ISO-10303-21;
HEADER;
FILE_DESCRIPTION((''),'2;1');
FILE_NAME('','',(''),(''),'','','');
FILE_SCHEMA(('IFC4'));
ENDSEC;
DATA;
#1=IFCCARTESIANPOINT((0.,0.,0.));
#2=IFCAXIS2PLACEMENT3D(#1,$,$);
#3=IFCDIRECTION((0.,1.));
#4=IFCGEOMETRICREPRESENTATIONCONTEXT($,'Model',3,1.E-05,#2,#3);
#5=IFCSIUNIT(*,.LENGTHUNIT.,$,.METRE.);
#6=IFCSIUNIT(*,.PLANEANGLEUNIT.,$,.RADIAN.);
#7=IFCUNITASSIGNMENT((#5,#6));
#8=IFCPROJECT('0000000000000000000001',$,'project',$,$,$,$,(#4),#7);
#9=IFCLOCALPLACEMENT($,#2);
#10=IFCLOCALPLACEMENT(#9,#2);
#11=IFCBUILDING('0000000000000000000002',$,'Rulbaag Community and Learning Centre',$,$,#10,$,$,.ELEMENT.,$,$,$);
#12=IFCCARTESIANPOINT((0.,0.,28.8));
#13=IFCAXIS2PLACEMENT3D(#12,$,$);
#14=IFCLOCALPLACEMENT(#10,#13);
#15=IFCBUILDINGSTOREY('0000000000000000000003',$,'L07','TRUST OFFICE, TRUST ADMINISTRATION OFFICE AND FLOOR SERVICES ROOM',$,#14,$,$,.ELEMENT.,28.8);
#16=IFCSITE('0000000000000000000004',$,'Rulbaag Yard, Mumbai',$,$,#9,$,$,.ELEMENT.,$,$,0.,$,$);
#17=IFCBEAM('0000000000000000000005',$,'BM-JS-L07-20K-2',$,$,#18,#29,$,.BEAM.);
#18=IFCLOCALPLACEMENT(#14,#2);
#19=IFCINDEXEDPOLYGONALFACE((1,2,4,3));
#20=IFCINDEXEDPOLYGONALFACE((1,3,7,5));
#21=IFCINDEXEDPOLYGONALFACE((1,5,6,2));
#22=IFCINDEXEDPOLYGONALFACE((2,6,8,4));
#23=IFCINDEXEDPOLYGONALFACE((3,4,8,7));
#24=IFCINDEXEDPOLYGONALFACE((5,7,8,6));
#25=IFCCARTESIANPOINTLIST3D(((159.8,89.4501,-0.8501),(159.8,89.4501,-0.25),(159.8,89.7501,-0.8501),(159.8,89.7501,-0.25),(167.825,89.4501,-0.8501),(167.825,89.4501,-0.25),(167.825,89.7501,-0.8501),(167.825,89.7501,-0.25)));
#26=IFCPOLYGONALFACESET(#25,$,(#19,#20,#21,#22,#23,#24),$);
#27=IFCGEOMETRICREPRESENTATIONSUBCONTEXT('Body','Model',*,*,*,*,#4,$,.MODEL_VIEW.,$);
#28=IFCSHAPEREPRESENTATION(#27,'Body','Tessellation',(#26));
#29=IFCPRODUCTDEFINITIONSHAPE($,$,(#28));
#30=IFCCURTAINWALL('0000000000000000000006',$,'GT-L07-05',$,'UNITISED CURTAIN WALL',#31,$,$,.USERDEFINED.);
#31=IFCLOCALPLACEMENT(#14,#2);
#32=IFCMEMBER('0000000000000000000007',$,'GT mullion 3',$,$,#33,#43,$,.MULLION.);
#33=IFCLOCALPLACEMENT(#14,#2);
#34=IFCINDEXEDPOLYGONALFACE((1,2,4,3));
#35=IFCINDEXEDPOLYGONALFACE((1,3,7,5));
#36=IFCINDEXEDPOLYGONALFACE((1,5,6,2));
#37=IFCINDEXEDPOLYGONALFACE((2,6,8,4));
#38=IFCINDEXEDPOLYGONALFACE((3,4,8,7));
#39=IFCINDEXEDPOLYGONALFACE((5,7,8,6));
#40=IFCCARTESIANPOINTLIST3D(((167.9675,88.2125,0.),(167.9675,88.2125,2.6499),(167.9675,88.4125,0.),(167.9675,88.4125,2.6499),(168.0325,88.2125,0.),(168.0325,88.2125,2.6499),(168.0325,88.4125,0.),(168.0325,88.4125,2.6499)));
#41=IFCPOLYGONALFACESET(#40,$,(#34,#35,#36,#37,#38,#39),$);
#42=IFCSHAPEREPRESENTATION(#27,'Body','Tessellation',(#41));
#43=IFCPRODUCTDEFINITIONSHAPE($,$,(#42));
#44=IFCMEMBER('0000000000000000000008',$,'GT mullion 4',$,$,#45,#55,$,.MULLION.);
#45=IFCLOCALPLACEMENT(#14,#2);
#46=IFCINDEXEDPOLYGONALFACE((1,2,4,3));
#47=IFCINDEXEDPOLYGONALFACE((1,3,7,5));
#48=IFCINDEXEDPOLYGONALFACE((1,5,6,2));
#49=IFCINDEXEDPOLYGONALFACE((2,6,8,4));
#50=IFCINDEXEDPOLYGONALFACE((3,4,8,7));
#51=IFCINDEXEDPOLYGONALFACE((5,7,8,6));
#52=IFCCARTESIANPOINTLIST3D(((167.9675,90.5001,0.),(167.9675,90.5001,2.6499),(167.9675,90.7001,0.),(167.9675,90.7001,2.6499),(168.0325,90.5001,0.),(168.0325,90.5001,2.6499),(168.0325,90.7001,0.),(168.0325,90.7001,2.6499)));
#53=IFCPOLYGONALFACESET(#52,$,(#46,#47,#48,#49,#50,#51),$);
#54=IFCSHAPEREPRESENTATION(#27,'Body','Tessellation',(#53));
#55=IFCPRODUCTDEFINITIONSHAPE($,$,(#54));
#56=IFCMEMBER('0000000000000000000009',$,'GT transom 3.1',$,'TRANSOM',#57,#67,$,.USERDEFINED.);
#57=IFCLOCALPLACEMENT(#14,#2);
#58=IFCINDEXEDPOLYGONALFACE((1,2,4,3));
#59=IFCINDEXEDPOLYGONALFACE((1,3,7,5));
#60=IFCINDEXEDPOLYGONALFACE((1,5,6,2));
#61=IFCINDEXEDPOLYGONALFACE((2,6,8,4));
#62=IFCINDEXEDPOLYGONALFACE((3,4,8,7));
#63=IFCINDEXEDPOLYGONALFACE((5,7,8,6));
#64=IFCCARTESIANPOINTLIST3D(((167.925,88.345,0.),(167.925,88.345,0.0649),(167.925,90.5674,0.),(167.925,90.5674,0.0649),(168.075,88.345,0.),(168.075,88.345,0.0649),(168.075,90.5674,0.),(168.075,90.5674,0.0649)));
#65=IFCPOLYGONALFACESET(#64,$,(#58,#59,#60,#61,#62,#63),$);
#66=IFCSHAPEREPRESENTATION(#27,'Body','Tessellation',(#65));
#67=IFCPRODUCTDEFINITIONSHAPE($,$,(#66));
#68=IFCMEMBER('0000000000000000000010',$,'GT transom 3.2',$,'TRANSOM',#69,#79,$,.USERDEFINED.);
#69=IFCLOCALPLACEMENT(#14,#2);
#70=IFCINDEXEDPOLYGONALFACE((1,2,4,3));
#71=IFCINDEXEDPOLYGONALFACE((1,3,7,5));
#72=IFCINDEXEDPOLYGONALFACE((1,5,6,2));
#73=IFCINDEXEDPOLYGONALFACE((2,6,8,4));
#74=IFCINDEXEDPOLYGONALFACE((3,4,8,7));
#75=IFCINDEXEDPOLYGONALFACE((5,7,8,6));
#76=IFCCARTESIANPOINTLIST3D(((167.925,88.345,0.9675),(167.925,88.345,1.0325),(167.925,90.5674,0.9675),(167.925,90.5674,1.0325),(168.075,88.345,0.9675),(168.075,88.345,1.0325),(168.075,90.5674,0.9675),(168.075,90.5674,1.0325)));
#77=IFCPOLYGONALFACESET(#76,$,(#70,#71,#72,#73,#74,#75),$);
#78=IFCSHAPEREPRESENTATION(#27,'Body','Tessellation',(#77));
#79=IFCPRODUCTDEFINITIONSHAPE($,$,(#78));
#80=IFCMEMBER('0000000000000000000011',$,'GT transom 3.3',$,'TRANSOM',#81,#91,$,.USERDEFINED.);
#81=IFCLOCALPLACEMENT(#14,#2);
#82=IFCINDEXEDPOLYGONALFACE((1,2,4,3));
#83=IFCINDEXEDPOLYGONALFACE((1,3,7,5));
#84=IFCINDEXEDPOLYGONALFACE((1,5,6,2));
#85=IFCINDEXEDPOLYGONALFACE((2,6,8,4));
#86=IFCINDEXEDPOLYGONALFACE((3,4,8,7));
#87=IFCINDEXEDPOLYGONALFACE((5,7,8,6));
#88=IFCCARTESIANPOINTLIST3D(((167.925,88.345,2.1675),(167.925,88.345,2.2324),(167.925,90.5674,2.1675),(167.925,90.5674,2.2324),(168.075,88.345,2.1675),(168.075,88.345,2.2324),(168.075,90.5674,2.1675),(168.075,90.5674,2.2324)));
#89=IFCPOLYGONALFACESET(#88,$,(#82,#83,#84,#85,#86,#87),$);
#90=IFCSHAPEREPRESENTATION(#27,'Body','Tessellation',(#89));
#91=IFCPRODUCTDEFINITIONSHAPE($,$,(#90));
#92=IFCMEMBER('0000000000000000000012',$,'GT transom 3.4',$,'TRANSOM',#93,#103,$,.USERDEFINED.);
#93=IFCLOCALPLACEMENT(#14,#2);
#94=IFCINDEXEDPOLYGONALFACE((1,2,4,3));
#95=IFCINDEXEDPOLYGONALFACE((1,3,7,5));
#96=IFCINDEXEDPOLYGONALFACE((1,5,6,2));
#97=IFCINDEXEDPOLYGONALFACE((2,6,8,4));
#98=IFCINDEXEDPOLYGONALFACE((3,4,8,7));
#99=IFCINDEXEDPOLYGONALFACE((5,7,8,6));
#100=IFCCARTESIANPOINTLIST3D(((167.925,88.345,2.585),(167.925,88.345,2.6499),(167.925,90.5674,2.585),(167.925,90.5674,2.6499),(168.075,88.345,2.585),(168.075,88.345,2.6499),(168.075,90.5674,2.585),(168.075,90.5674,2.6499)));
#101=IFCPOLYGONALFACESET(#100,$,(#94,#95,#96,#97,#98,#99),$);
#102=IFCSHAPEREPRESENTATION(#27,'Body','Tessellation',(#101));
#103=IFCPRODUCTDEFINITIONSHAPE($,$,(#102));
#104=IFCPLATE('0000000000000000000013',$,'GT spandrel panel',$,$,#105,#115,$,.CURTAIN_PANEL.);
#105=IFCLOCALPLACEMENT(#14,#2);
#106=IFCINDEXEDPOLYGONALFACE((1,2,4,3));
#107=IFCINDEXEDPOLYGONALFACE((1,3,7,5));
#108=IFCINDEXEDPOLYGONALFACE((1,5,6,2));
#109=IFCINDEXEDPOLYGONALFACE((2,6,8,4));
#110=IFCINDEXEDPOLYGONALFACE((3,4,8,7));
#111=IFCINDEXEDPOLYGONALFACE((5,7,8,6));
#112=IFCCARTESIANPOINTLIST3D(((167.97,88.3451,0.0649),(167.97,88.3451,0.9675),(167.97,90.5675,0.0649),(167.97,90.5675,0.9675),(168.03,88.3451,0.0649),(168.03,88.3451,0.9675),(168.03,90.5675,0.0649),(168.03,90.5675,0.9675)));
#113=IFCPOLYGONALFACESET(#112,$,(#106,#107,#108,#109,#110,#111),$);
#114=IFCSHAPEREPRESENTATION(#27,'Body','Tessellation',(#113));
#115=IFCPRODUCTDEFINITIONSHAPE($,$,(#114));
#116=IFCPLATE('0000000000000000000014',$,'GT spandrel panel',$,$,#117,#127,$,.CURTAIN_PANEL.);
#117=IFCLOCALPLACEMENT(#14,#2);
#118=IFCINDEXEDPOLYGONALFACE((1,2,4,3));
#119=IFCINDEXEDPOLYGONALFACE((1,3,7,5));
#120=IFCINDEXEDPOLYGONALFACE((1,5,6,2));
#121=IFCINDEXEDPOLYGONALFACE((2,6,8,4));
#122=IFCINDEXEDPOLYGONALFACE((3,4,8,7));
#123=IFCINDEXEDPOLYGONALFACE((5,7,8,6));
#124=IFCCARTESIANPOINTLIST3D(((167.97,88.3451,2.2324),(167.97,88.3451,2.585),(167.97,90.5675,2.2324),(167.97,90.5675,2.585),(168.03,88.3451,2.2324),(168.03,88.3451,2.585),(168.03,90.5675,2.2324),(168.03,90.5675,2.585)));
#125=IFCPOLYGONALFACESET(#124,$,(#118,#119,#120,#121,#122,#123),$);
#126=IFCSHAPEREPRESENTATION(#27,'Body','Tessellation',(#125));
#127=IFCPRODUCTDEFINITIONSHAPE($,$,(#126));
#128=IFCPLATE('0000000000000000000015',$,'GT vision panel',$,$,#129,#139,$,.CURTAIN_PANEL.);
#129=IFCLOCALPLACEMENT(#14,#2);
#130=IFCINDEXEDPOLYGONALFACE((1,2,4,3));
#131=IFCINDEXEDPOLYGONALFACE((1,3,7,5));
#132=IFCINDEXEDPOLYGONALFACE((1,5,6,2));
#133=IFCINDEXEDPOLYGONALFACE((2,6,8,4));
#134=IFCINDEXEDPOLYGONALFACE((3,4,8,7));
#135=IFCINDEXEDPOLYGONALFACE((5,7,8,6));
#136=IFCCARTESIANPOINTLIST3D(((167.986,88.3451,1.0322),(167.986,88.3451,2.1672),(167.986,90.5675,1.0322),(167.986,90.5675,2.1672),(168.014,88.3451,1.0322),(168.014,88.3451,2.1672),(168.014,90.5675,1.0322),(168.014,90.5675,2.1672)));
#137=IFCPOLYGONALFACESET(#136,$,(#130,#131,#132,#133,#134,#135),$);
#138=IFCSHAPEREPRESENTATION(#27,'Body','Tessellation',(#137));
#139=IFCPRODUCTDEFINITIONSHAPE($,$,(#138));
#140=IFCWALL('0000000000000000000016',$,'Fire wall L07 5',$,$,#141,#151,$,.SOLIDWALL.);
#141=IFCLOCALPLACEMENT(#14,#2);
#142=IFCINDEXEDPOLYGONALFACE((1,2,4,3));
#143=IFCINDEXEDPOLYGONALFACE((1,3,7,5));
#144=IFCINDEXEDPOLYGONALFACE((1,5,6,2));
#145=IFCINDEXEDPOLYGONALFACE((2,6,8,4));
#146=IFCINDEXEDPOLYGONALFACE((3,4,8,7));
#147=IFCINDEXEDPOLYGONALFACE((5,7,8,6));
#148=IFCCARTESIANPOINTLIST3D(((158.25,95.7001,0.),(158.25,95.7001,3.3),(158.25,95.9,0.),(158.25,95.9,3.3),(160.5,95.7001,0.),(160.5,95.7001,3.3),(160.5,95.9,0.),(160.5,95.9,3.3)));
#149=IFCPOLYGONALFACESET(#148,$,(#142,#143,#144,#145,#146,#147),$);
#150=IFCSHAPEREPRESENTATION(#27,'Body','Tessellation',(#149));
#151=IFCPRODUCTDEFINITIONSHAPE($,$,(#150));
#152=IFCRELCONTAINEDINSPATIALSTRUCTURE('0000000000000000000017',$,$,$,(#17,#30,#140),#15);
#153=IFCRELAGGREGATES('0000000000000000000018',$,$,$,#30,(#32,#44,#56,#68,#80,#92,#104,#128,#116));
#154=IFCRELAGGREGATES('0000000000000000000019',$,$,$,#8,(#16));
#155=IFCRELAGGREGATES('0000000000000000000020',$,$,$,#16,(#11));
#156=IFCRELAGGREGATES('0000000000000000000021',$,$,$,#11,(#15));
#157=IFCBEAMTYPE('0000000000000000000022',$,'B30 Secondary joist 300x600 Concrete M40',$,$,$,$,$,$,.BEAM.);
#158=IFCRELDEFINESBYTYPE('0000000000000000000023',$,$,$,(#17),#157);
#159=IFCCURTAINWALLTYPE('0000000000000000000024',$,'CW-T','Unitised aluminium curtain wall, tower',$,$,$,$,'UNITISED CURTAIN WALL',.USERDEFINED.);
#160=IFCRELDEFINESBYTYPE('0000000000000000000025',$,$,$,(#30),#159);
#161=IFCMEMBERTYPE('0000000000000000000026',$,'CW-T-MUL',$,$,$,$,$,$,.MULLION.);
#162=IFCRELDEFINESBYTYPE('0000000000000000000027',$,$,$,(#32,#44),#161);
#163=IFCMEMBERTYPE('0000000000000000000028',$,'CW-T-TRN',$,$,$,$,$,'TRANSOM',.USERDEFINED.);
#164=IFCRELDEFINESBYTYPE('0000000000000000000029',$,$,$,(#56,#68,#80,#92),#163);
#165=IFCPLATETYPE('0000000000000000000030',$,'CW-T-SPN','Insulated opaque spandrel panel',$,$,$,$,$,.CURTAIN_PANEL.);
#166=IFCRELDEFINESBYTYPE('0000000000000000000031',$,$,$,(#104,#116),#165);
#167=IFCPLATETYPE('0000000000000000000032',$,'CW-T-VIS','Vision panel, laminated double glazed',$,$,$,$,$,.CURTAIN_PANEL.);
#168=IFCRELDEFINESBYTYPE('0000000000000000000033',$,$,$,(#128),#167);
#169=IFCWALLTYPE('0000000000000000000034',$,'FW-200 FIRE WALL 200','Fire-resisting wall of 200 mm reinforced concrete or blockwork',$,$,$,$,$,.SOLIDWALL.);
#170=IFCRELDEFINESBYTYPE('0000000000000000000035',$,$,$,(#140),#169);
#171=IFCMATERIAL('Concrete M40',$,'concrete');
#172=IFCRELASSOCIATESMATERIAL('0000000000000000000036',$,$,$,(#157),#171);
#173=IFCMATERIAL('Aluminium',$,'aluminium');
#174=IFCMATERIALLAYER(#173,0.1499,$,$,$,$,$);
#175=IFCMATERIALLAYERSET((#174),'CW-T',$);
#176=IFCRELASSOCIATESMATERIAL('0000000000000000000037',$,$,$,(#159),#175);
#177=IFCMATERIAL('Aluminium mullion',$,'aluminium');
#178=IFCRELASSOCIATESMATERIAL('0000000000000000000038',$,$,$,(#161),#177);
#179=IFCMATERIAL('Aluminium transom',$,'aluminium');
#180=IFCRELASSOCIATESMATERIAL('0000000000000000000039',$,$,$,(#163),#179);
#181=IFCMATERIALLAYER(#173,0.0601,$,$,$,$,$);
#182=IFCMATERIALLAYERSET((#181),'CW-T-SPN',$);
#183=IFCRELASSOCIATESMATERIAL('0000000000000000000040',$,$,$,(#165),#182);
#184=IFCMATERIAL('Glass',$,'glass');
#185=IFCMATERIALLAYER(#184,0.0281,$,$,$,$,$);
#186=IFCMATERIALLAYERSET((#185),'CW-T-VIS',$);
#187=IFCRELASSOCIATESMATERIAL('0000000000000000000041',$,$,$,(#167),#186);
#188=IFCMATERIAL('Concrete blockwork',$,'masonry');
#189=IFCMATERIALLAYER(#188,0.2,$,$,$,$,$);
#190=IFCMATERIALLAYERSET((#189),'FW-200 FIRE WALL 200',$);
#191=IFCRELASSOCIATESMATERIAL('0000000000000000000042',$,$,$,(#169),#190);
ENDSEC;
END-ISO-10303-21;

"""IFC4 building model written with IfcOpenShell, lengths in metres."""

from ifc_helpers import new_model, si_unit, direction, frame, frame_2d, origin, origin_2d, place, context, subcontext, project, spatial, rectangle, extrude, material, layer, layer_set, material_profile, profile_set, type_object, element, aggregate, save


model = new_model("IFC4")

# Units and contexts
model_context = context("Model", 3, precision=1e-05, world=origin(), true_north=direction((0.0, 1.0)))
body_context = subcontext(model_context, "Body", "Model", "MODEL_VIEW")
ifc_project = project(units=[si_unit("LENGTHUNIT", "METRE"), si_unit("PLANEANGLEUNIT", "RADIAN")], contexts=[model_context])

# Site, building, storey
site_placement = place(None, origin())
site = spatial("IfcSite", under=ifc_project, at=site_placement, Name="Rulbaag Yard, Mumbai", CompositionType="ELEMENT", RefElevation=0.0)
building_placement = place(site_placement, origin())
building = spatial("IfcBuilding", under=site, at=building_placement, Name="Rulbaag Community and Learning Centre", CompositionType="ELEMENT")
storey_placement = place(building_placement, frame((0.0, 0.0, 28.8)))
storey = spatial("IfcBuildingStorey", under=building, at=storey_placement, Name="L07", Description="TRUST OFFICE, TRUST ADMINISTRATION OFFICE AND FLOOR SERVICES ROOM", CompositionType="ELEMENT", Elevation=28.8)

# Beam
ifc_material_1 = material(Name="Concrete M40", Category="concrete")
ifc_material_profile_1 = material_profile(ifc_material_1, rectangle(XDim=0.3, YDim=0.6001, at=origin_2d()), Name="RB300x600")
ifc_profile_set_1 = profile_set([ifc_material_profile_1], Name="Concrete M40")
beam_type = type_object("IfcBeamType", Name="B30 Secondary joist 300x600 Concrete M40", PredefinedType="BEAM", material=ifc_profile_set_1)
beam_placement = place(storey_placement, frame((159.8, 89.6001, -0.55), z_axis=(1.0, 0.0, 0.0), x_axis=(0.0, 1.0, 0.0)))
element("IfcBeam", 1, at=beam_placement, inside=storey, type_object=beam_type, Name="BM-JS-L07-20K-2", PredefinedType="BEAM", context=body_context, shape_type="SweptSolid", body=[
    extrude(rectangle(XDim=0.3, YDim=0.6001, at=origin_2d()), origin(), (0.0, 0.0, 1.0), 8.0249),
])

# Curtain wall, members, plates
ifc_material_2 = material(Name="Aluminium", Category="aluminium")
ifc_layer_1 = layer(ifc_material_2, 0.1499)
ifc_layer_set_1 = layer_set([ifc_layer_1], Name="CW-T")
curtain_wall_type = type_object("IfcCurtainWallType", Name="CW-T", Description="Unitised aluminium curtain wall, tower", ElementType="UNITISED CURTAIN WALL", PredefinedType="USERDEFINED", material=ifc_layer_set_1)
curtain_wall_placement = place(storey_placement, origin())
curtain_wall = element("IfcCurtainWall", 2, at=curtain_wall_placement, inside=storey, type_object=curtain_wall_type, Name="GT-L07-05", ObjectType="UNITISED CURTAIN WALL", PredefinedType="USERDEFINED")
ifc_material_3 = material(Name="Aluminium mullion", Category="aluminium")
ifc_material_profile_2 = material_profile(ifc_material_3, rectangle(XDim=0.0649, YDim=0.2, at=origin_2d()), Name="AL 65x200")
ifc_profile_set_2 = profile_set([ifc_material_profile_2], Name="Aluminium mullion")
member_type_1 = type_object("IfcMemberType", Name="CW-T-MUL", PredefinedType="MULLION", material=ifc_profile_set_2)
member_1_placement = place(storey_placement, frame((168.0, 88.3125, 0.0), z_axis=(0.0, 0.0, 1.0), x_axis=(-1.0, 0.0, 0.0)))
member_1 = element("IfcMember", 3, at=member_1_placement, type_object=member_type_1, Name="GT mullion 3", PredefinedType="MULLION", context=body_context, shape_type="SweptSolid", body=[
    extrude(rectangle(XDim=0.0649, YDim=0.2, at=origin_2d()), origin(), (0.0, 0.0, 1.0), 2.6499),
])
member_2_placement = place(storey_placement, frame((168.0, 90.6001, 0.0), z_axis=(0.0, 0.0, 1.0), x_axis=(-1.0, 0.0, 0.0)))
member_2 = element("IfcMember", 4, at=member_2_placement, type_object=member_type_1, Name="GT mullion 4", PredefinedType="MULLION", context=body_context, shape_type="SweptSolid", body=[
    extrude(rectangle(XDim=0.0649, YDim=0.2, at=origin_2d()), origin(), (0.0, 0.0, 1.0), 2.6499),
])
ifc_material_4 = material(Name="Aluminium transom", Category="aluminium")
ifc_material_profile_3 = material_profile(ifc_material_4, rectangle(XDim=0.1499, YDim=0.0649, at=origin_2d()), Name="AL 65x150 T")
ifc_profile_set_3 = profile_set([ifc_material_profile_3], Name="Aluminium transom")
member_type_2 = type_object("IfcMemberType", Name="CW-T-TRN", ElementType="TRANSOM", PredefinedType="USERDEFINED", material=ifc_profile_set_3)
member_3_placement = place(storey_placement, frame((168.0, 88.345, 0.0325), z_axis=(0.0, 1.0, 0.0), x_axis=(-1.0, 0.0, 0.0)))
member_3 = element("IfcMember", 5, at=member_3_placement, type_object=member_type_2, Name="GT transom 3.1", ObjectType="TRANSOM", PredefinedType="USERDEFINED", context=body_context, shape_type="SweptSolid", body=[
    extrude(rectangle(XDim=0.1499, YDim=0.0649, at=origin_2d()), origin(), (0.0, 0.0, 1.0), 2.2224),
])
member_4_placement = place(storey_placement, frame((168.0, 88.345, 1.0), z_axis=(0.0, 1.0, 0.0), x_axis=(-1.0, 0.0, 0.0)))
member_4 = element("IfcMember", 6, at=member_4_placement, type_object=member_type_2, Name="GT transom 3.2", ObjectType="TRANSOM", PredefinedType="USERDEFINED", context=body_context, shape_type="SweptSolid", body=[
    extrude(rectangle(XDim=0.1499, YDim=0.0649, at=origin_2d()), origin(), (0.0, 0.0, 1.0), 2.2224),
])
member_5_placement = place(storey_placement, frame((168.0, 88.345, 2.2), z_axis=(0.0, 1.0, 0.0), x_axis=(-1.0, 0.0, 0.0)))
member_5 = element("IfcMember", 7, at=member_5_placement, type_object=member_type_2, Name="GT transom 3.3", ObjectType="TRANSOM", PredefinedType="USERDEFINED", context=body_context, shape_type="SweptSolid", body=[
    extrude(rectangle(XDim=0.1499, YDim=0.0649, at=origin_2d()), origin(), (0.0, 0.0, 1.0), 2.2224),
])
member_6_placement = place(storey_placement, frame((168.0, 88.345, 2.6174), z_axis=(0.0, 1.0, 0.0), x_axis=(-1.0, 0.0, 0.0)))
member_6 = element("IfcMember", 8, at=member_6_placement, type_object=member_type_2, Name="GT transom 3.4", ObjectType="TRANSOM", PredefinedType="USERDEFINED", context=body_context, shape_type="SweptSolid", body=[
    extrude(rectangle(XDim=0.1499, YDim=0.0649, at=origin_2d()), origin(), (0.0, 0.0, 1.0), 2.2224),
])
ifc_layer_2 = layer(ifc_material_2, 0.0601)
ifc_layer_set_2 = layer_set([ifc_layer_2], Name="CW-T-SPN")
plate_type_1 = type_object("IfcPlateType", Name="CW-T-SPN", Description="Insulated opaque spandrel panel", PredefinedType="CURTAIN_PANEL", material=ifc_layer_set_2)
plate_1_placement = place(storey_placement, frame((168.0, 89.4563, 0.0649), z_axis=(0.0, 0.0, 1.0), x_axis=(0.0, 1.0, 0.0)))
plate_1 = element("IfcPlate", 9, at=plate_1_placement, type_object=plate_type_1, Name="GT spandrel panel", PredefinedType="CURTAIN_PANEL", context=body_context, shape_type="SweptSolid", body=[
    extrude(rectangle(XDim=2.2224, YDim=0.0601, at=origin_2d()), origin(), (0.0, 0.0, 1.0), 0.9026),
])
plate_2_placement = place(storey_placement, frame((168.0, 89.4563, 2.2324), z_axis=(0.0, 0.0, 1.0), x_axis=(0.0, 1.0, 0.0)))
plate_2 = element("IfcPlate", 10, at=plate_2_placement, type_object=plate_type_1, Name="GT spandrel panel", PredefinedType="CURTAIN_PANEL", context=body_context, shape_type="SweptSolid", body=[
    extrude(rectangle(XDim=2.2224, YDim=0.0601, at=origin_2d()), origin(), (0.0, 0.0, 1.0), 0.3525),
])
ifc_material_5 = material(Name="Glass", Category="glass")
ifc_layer_3 = layer(ifc_material_5, 0.0281)
ifc_layer_set_3 = layer_set([ifc_layer_3], Name="CW-T-VIS")
plate_type_2 = type_object("IfcPlateType", Name="CW-T-VIS", Description="Vision panel, laminated double glazed", PredefinedType="CURTAIN_PANEL", material=ifc_layer_set_3)
plate_3_placement = place(storey_placement, frame((168.0, 89.4563, 1.0322), z_axis=(0.0, 0.0, 1.0), x_axis=(0.0, 1.0, 0.0)))
plate_3 = element("IfcPlate", 11, at=plate_3_placement, type_object=plate_type_2, Name="GT vision panel", PredefinedType="CURTAIN_PANEL", context=body_context, shape_type="SweptSolid", body=[
    extrude(rectangle(XDim=2.2224, YDim=0.0281, at=origin_2d()), origin(), (0.0, 0.0, 1.0), 1.135),
])
aggregate(curtain_wall, [member_1, member_2, member_3, member_4, member_5, member_6, plate_1, plate_3, plate_2])

# Wall
ifc_material_6 = material(Name="Concrete blockwork", Category="masonry")
ifc_layer_4 = layer(ifc_material_6, 0.2)
ifc_layer_set_4 = layer_set([ifc_layer_4], Name="FW-200 FIRE WALL 200")
wall_type_1 = type_object("IfcWallType", Name="FW-200 FIRE WALL 200", Description="Fire-resisting wall of 200 mm reinforced concrete or blockwork", PredefinedType="SOLIDWALL", material=ifc_layer_set_4)
wall_1_placement = place(storey_placement, frame((158.25, 95.8, 0.0), z_axis=(0.0, 0.0, 1.0), x_axis=(1.0, 0.0, 0.0)))
element("IfcWall", 12, at=wall_1_placement, inside=storey, type_object=wall_type_1, Name="Fire wall L07 5", PredefinedType="SOLIDWALL", context=body_context, shape_type="SweptSolid", body=[
    extrude(rectangle(XDim=2.25, YDim=0.2, at=frame_2d((1.125, 0.0))), origin(), (0.0, 0.0, 1.0), 3.3),
])

save(model, "model.ifc")
